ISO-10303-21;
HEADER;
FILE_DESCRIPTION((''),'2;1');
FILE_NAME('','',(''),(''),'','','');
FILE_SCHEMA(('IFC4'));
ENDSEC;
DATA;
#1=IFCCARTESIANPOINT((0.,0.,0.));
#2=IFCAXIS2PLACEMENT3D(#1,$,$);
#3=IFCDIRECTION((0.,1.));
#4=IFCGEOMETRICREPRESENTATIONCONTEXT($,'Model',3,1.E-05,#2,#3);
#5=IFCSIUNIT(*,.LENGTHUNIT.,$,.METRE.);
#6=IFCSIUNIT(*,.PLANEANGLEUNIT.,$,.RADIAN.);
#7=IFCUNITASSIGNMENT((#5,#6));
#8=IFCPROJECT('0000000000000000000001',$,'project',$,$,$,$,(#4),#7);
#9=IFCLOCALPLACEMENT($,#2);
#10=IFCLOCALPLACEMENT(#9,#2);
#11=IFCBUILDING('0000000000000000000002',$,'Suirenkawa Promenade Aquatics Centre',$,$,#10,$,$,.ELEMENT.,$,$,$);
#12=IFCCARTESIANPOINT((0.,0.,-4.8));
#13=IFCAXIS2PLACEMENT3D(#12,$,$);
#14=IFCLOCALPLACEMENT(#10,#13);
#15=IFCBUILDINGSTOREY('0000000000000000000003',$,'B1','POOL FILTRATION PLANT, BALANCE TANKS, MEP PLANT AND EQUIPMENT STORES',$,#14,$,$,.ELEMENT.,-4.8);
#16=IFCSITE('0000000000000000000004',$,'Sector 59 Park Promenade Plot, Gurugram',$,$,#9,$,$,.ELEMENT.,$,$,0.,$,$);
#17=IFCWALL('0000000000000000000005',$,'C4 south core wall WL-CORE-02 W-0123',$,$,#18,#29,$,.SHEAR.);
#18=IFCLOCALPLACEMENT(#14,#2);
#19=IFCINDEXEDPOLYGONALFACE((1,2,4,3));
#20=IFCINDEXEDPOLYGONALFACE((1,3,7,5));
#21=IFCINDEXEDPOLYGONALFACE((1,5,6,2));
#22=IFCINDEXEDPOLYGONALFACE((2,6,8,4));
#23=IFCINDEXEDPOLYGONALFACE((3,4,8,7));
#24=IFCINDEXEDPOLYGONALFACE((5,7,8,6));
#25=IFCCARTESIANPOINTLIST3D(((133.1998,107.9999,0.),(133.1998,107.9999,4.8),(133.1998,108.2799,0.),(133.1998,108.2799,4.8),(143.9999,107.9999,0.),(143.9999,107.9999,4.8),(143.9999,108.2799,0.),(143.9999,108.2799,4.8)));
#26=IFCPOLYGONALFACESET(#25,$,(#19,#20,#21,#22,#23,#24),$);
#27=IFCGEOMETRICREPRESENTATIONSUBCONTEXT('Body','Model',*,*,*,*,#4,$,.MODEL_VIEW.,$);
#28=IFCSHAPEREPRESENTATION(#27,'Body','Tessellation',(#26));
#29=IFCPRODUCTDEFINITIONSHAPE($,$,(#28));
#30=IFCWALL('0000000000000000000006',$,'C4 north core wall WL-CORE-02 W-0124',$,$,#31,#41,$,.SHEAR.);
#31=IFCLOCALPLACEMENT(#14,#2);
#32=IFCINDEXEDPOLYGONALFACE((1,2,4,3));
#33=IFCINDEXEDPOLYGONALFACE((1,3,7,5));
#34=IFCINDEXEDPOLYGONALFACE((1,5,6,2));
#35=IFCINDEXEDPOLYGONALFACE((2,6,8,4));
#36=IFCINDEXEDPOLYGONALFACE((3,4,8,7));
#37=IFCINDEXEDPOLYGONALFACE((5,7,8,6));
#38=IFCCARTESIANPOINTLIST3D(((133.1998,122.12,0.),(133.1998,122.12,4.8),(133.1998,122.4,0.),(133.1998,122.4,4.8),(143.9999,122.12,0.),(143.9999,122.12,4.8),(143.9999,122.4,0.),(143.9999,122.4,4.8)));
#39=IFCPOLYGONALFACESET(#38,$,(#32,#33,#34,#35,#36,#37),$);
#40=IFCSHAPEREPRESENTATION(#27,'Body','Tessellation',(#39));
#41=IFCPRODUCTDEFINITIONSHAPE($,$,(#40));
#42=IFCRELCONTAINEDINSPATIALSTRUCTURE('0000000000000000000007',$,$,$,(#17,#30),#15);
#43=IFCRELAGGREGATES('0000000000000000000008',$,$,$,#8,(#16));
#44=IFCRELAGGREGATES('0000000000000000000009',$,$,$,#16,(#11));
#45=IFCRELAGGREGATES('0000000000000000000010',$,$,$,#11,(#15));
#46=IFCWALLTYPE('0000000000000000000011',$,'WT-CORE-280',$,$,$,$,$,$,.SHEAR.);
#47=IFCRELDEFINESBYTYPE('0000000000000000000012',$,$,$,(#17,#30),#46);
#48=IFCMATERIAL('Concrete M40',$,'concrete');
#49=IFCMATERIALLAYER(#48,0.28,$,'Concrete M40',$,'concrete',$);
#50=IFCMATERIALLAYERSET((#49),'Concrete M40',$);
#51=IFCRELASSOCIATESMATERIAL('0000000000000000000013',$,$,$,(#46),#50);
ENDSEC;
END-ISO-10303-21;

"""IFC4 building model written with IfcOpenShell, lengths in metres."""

from ifc_helpers import new_model, si_unit, direction, frame, frame_2d, origin, place, context, subcontext, project, spatial, rectangle, extrude, material, layer, layer_set, type_object, element, save


model = new_model("IFC4")

# Units and contexts
model_context = context("Model", 3, precision=1e-05, world=origin(), true_north=direction((0.0, 1.0)))
body_context = subcontext(model_context, "Body", "Model", "MODEL_VIEW")
ifc_project = project(units=[si_unit("LENGTHUNIT", "METRE"), si_unit("PLANEANGLEUNIT", "RADIAN")], contexts=[model_context])

# Site, building, storey
site_placement = place(None, origin())
site = spatial("IfcSite", under=ifc_project, at=site_placement, Name="Sector 59 Park Promenade Plot, Gurugram", CompositionType="ELEMENT", RefElevation=0.0)
building_placement = place(site_placement, origin())
building = spatial("IfcBuilding", under=site, at=building_placement, Name="Suirenkawa Promenade Aquatics Centre", CompositionType="ELEMENT")
storey_placement = place(building_placement, frame((0.0, 0.0, -4.8)))
storey = spatial("IfcBuildingStorey", under=building, at=storey_placement, Name="B1", Description="POOL FILTRATION PLANT, BALANCE TANKS, MEP PLANT AND EQUIPMENT STORES", CompositionType="ELEMENT", Elevation=-4.8)

# Shared definitions
ifc_material_1 = material(Name="Concrete M40", Category="concrete")

# Walls
ifc_layer = layer(ifc_material_1, 0.28, Name="Concrete M40", Category="concrete")
ifc_layer_set = layer_set([ifc_layer], Name="Concrete M40")
wall_type = type_object("IfcWallType", Name="WT-CORE-280", PredefinedType="SHEAR", material=ifc_layer_set)
for number, where, z_axis, x_axis, name in (
    (1, (133.2, 108.1399, 0.0), (0.0, 0.0, 1.0), (1.0, 0.0, 0.0), "C4 south core wall WL-CORE-02 W-0123"),
    (2, (133.2, 122.26, 0.0), (0.0, 0.0, 1.0), (1.0, 0.0, 0.0), "C4 north core wall WL-CORE-02 W-0124"),
):
    element("IfcWall", number, at=place(storey_placement, frame(where, z_axis=z_axis, x_axis=x_axis)), inside=storey, type_object=wall_type, Name=name, PredefinedType="SHEAR", context=body_context, shape_type="SweptSolid", body=[
        extrude(rectangle(XDim=10.8, YDim=0.28, at=frame_2d((5.3999, 0.0))), origin(), (0.0, 0.0, 1.0), 4.8),
    ])

save(model, "model.ifc")
